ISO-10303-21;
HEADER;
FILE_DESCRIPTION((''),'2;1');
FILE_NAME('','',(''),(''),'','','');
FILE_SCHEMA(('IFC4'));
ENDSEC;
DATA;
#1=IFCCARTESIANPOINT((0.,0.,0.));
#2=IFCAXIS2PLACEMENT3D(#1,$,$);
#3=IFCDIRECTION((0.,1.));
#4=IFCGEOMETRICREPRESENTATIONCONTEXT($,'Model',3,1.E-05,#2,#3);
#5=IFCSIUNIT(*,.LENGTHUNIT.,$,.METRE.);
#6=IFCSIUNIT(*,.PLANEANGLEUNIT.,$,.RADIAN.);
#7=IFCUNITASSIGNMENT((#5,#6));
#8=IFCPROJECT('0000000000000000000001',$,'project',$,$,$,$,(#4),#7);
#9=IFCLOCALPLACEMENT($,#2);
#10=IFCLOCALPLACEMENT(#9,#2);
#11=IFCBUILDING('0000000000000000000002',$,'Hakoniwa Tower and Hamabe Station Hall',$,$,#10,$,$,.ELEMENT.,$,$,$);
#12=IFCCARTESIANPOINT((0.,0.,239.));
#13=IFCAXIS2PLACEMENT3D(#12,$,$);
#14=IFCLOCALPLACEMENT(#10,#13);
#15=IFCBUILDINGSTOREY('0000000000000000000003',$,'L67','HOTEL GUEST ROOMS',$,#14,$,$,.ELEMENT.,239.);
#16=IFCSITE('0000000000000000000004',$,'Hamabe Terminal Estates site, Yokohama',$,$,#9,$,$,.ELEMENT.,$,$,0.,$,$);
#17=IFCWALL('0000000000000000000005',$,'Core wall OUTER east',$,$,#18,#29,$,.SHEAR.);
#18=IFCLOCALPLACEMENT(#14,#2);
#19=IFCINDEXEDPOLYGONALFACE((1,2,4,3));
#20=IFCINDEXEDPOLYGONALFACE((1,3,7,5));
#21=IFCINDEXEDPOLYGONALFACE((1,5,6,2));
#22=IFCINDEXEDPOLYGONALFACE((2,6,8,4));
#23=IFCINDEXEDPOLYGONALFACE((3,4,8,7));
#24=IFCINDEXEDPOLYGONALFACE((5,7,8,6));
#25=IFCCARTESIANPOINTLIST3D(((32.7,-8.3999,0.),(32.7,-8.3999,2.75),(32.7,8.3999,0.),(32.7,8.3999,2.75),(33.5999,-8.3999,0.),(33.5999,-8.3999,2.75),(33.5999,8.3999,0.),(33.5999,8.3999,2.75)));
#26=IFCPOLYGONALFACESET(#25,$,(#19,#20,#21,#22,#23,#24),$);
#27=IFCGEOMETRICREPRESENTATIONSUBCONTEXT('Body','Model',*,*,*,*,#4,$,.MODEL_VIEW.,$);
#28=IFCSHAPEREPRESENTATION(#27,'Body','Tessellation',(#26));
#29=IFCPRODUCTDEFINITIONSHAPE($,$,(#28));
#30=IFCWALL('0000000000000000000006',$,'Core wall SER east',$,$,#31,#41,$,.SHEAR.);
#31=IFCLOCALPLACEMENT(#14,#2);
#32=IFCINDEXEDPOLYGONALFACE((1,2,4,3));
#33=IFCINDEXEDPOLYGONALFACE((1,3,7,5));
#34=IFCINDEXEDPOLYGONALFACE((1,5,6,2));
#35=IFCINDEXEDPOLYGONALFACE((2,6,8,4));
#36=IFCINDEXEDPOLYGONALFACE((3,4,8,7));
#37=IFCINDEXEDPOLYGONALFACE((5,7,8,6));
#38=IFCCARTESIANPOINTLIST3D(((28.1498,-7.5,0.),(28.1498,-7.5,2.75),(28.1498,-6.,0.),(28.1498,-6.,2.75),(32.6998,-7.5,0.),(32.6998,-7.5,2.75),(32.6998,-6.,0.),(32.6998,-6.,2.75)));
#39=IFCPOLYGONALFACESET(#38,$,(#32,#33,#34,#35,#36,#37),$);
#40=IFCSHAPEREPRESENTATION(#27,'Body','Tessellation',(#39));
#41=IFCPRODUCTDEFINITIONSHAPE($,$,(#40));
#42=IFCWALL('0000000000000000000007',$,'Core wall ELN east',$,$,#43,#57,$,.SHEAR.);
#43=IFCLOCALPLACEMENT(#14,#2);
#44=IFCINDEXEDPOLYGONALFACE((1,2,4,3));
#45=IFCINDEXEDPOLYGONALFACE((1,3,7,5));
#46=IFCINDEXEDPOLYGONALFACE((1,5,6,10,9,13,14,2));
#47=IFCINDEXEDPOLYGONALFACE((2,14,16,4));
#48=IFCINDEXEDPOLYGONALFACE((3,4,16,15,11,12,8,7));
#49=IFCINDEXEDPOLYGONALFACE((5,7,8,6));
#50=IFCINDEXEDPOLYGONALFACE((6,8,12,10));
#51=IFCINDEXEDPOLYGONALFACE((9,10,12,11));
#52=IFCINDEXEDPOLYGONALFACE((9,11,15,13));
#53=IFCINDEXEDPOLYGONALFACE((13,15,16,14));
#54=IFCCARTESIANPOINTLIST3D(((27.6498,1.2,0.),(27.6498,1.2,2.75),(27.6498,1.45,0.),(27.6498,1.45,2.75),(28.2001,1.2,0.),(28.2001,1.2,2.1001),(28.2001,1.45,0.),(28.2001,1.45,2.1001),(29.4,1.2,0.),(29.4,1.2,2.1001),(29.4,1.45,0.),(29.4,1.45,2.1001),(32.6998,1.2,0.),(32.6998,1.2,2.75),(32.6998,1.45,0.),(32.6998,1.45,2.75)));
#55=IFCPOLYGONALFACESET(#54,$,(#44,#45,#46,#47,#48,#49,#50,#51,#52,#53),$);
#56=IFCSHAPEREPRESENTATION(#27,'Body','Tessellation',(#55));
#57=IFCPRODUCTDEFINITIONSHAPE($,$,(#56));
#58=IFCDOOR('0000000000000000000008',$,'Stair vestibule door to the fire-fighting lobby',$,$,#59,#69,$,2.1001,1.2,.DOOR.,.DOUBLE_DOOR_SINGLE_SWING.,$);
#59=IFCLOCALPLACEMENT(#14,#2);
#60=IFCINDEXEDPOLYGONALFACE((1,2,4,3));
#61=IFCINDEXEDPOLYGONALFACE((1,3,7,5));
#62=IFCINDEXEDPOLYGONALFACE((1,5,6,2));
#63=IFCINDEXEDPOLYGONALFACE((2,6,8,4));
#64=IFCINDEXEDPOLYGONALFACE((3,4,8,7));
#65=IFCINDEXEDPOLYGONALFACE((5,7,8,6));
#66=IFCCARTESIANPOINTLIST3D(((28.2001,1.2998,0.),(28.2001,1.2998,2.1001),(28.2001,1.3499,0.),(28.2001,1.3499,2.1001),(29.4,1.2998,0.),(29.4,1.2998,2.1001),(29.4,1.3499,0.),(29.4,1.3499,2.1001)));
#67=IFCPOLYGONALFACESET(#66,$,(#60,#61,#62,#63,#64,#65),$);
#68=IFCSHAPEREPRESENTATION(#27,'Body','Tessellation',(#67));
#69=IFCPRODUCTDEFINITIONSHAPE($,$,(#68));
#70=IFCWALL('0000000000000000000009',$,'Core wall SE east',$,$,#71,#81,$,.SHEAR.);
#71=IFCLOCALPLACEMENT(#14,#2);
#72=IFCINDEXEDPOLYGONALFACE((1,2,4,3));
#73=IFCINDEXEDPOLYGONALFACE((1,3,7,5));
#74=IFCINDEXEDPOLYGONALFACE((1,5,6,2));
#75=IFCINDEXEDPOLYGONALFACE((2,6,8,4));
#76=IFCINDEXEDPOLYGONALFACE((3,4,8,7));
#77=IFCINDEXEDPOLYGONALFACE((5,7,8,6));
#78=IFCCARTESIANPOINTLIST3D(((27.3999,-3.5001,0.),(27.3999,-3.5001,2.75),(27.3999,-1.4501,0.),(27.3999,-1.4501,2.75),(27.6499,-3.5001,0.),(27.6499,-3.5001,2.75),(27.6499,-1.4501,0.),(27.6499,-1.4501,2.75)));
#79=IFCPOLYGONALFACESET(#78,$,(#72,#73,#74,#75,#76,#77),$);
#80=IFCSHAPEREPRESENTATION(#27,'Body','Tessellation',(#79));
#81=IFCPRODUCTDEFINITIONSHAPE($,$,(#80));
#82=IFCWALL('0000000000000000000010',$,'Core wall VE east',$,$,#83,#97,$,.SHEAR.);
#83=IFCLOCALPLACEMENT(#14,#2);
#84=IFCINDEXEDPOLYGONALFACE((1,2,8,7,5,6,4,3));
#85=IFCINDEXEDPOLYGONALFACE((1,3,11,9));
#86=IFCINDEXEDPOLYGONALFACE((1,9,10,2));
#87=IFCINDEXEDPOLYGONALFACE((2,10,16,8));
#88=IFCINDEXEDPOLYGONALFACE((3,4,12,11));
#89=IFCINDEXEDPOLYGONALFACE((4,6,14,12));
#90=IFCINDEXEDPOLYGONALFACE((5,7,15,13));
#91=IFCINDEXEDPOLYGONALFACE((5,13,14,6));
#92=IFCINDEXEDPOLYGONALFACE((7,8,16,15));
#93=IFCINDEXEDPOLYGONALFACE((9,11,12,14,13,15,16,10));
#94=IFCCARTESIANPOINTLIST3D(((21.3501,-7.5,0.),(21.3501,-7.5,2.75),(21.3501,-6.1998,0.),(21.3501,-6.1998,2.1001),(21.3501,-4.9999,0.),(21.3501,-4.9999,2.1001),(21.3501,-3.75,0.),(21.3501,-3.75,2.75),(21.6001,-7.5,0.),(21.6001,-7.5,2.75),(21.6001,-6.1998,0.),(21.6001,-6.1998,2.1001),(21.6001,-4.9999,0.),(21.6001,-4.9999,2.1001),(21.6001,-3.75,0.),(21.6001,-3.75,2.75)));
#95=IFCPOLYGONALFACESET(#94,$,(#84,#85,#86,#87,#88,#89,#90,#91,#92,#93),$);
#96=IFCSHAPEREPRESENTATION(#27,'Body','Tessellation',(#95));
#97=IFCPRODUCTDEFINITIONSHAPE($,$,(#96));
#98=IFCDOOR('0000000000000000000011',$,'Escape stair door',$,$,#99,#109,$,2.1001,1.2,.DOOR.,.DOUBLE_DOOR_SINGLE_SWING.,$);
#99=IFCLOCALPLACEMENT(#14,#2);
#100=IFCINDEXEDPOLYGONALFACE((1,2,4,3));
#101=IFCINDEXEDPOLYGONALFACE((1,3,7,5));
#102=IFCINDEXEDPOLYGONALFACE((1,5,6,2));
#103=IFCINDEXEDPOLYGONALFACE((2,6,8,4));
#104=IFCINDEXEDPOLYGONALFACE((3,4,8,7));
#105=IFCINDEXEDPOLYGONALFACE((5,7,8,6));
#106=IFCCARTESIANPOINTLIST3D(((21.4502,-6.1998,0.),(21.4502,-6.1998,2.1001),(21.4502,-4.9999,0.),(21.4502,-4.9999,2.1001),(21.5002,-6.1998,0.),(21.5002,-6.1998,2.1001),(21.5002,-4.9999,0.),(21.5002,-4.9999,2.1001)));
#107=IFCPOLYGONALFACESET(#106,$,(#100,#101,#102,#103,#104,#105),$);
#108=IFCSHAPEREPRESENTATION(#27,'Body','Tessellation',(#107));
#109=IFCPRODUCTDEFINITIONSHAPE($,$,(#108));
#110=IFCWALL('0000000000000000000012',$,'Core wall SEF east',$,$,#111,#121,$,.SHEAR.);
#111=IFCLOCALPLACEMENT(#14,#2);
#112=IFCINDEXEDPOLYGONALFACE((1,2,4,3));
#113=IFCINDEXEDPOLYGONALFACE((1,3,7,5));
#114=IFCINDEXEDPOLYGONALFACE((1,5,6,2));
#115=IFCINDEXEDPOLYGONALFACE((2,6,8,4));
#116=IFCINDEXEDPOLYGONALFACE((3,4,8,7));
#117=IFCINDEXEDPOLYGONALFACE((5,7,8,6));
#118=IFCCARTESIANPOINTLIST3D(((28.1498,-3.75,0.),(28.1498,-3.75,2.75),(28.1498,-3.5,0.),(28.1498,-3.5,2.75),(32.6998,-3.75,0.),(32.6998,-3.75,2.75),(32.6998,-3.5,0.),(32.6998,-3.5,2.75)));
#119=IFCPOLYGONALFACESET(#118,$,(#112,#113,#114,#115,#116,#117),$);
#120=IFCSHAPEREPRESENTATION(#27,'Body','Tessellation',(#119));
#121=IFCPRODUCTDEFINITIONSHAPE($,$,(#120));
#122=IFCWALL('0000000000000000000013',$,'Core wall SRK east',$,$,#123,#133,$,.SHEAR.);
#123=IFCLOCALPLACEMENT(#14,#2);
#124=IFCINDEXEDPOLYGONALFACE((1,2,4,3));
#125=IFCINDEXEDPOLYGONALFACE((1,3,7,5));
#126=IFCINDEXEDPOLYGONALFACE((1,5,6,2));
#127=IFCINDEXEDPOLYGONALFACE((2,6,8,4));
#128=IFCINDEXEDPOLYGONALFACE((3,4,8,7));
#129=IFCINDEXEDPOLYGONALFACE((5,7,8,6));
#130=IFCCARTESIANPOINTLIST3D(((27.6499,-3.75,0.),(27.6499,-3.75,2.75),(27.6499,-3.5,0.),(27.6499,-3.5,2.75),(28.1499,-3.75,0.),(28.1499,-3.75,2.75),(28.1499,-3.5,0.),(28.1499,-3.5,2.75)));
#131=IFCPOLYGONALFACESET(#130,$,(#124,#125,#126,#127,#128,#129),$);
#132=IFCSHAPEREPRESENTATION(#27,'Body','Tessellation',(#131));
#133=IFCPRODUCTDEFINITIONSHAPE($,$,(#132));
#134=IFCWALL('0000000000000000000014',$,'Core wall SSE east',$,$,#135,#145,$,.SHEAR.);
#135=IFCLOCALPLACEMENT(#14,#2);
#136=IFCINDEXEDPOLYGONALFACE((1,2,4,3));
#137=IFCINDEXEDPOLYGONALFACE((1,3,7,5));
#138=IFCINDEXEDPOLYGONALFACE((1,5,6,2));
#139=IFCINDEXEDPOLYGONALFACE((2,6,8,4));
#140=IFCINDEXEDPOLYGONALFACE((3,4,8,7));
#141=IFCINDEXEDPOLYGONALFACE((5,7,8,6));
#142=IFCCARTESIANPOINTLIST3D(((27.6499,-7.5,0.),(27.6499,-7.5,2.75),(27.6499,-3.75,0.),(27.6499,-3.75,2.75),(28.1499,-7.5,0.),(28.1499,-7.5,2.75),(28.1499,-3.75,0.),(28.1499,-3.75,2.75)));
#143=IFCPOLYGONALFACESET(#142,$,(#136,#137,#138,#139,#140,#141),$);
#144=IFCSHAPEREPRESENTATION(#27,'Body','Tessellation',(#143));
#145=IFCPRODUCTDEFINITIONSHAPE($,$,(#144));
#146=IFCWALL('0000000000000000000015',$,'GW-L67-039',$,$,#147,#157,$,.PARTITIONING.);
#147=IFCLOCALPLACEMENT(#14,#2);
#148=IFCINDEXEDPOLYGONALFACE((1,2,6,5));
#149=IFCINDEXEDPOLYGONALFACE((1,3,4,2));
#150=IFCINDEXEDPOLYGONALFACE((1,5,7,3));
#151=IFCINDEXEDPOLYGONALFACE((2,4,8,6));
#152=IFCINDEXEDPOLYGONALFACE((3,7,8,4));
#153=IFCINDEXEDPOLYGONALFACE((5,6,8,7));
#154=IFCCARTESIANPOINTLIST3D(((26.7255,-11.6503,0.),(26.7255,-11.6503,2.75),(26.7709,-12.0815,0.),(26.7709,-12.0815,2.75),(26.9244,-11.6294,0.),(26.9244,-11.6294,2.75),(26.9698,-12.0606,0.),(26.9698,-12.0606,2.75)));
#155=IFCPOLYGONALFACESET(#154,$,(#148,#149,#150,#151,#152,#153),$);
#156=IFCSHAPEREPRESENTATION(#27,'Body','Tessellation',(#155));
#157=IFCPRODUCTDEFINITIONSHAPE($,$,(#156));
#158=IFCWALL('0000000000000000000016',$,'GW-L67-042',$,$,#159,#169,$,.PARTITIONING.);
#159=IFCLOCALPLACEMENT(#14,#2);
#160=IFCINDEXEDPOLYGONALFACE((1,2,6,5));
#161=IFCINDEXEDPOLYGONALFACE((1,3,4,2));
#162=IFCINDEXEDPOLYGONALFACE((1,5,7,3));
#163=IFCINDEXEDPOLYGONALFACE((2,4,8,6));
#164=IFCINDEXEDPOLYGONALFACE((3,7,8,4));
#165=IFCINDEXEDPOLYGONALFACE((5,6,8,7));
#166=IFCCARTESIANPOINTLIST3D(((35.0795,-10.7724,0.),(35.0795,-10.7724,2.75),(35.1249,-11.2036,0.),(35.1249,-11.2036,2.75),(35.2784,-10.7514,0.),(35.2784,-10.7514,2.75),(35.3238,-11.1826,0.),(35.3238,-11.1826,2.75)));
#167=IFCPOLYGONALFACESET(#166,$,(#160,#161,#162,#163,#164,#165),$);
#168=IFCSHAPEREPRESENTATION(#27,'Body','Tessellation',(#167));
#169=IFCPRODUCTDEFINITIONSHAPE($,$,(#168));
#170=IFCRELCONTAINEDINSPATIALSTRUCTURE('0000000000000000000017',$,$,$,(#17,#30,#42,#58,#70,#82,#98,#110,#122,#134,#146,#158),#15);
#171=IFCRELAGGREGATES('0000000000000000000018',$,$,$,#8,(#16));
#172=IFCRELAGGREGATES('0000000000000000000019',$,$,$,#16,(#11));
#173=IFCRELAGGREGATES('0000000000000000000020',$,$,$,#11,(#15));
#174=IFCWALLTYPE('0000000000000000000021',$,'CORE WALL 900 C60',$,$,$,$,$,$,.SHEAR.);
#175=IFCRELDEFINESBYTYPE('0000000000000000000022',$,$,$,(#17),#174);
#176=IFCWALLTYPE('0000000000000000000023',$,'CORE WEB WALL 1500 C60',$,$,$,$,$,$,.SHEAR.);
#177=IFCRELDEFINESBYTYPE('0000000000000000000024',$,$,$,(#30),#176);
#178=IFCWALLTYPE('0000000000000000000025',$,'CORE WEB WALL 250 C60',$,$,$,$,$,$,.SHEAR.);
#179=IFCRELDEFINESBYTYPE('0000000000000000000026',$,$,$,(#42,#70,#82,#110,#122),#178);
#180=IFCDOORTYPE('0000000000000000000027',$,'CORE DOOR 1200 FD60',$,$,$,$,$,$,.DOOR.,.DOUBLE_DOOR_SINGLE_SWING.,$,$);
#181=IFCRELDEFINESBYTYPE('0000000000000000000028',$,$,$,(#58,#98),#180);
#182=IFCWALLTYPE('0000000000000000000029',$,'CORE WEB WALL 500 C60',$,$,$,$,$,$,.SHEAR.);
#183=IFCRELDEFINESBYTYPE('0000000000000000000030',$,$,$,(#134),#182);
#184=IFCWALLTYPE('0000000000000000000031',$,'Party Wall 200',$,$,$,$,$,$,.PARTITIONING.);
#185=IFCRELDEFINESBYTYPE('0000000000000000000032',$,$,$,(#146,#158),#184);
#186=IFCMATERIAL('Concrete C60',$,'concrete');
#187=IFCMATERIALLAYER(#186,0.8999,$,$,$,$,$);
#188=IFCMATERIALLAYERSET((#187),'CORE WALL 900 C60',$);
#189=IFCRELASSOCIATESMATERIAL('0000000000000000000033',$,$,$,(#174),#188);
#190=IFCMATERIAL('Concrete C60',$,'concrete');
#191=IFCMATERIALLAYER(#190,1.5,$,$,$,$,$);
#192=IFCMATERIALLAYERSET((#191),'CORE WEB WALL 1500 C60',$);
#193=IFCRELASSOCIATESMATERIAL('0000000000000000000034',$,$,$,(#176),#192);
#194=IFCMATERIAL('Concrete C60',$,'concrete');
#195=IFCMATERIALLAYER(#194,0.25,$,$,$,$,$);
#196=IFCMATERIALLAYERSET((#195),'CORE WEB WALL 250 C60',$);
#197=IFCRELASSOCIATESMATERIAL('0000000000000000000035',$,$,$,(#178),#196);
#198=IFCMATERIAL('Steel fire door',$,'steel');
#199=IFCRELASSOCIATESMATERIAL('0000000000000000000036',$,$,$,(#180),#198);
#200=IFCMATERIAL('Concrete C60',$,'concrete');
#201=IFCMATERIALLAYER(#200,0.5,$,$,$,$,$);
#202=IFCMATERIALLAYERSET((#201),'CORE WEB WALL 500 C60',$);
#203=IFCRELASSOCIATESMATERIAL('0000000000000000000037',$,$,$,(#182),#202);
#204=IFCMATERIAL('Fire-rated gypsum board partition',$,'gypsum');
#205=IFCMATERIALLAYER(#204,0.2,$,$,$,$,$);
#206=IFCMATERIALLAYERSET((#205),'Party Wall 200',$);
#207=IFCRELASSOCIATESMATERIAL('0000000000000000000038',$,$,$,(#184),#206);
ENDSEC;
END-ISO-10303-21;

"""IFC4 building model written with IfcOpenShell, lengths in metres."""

from ifc_helpers import new_model, si_unit, direction, frame, frame_2d, origin, place, context, subcontext, project, spatial, rectangle, extrude, material, layer, layer_set, type_object, element, fill, save


model = new_model("IFC4")

# Units and contexts
model_context = context("Model", 3, precision=1e-05, world=origin(), true_north=direction((0.0, 1.0)))
body_context = subcontext(model_context, "Body", "Model", "MODEL_VIEW")
ifc_project = project(units=[si_unit("LENGTHUNIT", "METRE"), si_unit("PLANEANGLEUNIT", "RADIAN")], contexts=[model_context])

# Site, building, storey
site_placement = place(None, origin())
site = spatial("IfcSite", under=ifc_project, at=site_placement, Name="Hamabe Terminal Estates site, Yokohama", CompositionType="ELEMENT", RefElevation=0.0)
building_placement = place(site_placement, origin())
building = spatial("IfcBuilding", under=site, at=building_placement, Name="Hakoniwa Tower and Hamabe Station Hall", CompositionType="ELEMENT")
storey_placement = place(building_placement, frame((0.0, 0.0, 239.0)))
storey = spatial("IfcBuildingStorey", under=building, at=storey_placement, Name="L67", Description="HOTEL GUEST ROOMS", CompositionType="ELEMENT", Elevation=239.0)

# Walls
ifc_material_1 = material(Name="Concrete C60", Category="concrete")
ifc_layer_1 = layer(ifc_material_1, 0.8999)
ifc_layer_set_1 = layer_set([ifc_layer_1], Name="CORE WALL 900 C60")
wall_type_1 = type_object("IfcWallType", Name="CORE WALL 900 C60", PredefinedType="SHEAR", material=ifc_layer_set_1)
wall_1_placement = place(storey_placement, frame((33.1499, -8.3999, 0.0), z_axis=(0.0, 0.0, 1.0), x_axis=(0.0, 1.0, 0.0)))
element("IfcWall", 1, at=wall_1_placement, inside=storey, type_object=wall_type_1, Name="Core wall OUTER east", PredefinedType="SHEAR", context=body_context, shape_type="SweptSolid", body=[
    extrude(rectangle(XDim=16.7998, YDim=0.8999, at=frame_2d((8.3999, 0.0))), origin(), (0.0, 0.0, 1.0), 2.75),
])
ifc_material_2 = material(Name="Concrete C60", Category="concrete")
ifc_layer_2 = layer(ifc_material_2, 1.5)
ifc_layer_set_2 = layer_set([ifc_layer_2], Name="CORE WEB WALL 1500 C60")
wall_type_2 = type_object("IfcWallType", Name="CORE WEB WALL 1500 C60", PredefinedType="SHEAR", material=ifc_layer_set_2)
wall_2_placement = place(storey_placement, frame((28.1499, -6.75, 0.0), z_axis=(0.0, 0.0, 1.0), x_axis=(1.0, 0.0, 0.0)))
element("IfcWall", 2, at=wall_2_placement, inside=storey, type_object=wall_type_2, Name="Core wall SER east", PredefinedType="SHEAR", context=body_context, shape_type="SweptSolid", body=[
    extrude(rectangle(XDim=4.55, YDim=1.5, at=frame_2d((2.2749, 0.0))), origin(), (0.0, 0.0, 1.0), 2.75),
])

# Wall, opening, door
ifc_material_3 = material(Name="Concrete C60", Category="concrete")
ifc_layer_3 = layer(ifc_material_3, 0.25)
ifc_layer_set_3 = layer_set([ifc_layer_3], Name="CORE WEB WALL 250 C60")
wall_type_3 = type_object("IfcWallType", Name="CORE WEB WALL 250 C60", PredefinedType="SHEAR", material=ifc_layer_set_3)
wall_3_placement = place(storey_placement, frame((27.6499, 1.325, 0.0), z_axis=(0.0, 0.0, 1.0), x_axis=(1.0, 0.0, 0.0)))
wall_3 = element("IfcWall", 3, at=wall_3_placement, inside=storey, type_object=wall_type_3, Name="Core wall ELN east", PredefinedType="SHEAR", context=body_context, shape_type="SweptSolid", body=[
    extrude(rectangle(XDim=5.05, YDim=0.25, at=frame_2d((2.5249, 0.0))), origin(), (0.0, 0.0, 1.0), 2.75),
])
opening_1_placement = place(wall_3_placement, frame((0.55, 0.0, 0.0)))
opening_1 = element("IfcOpeningElement", 4, at=opening_1_placement, cuts=wall_3, PredefinedType="OPENING", context=body_context, shape_type="SweptSolid", body=[
    extrude(rectangle(XDim=1.2, YDim=2.1001, at=frame_2d((0.6001, 1.05))), frame((0.0, 0.135, 0.0), z_axis=(0.0, -1.0, 0.0), x_axis=(1.0, 0.0, 0.0)), (0.0, 0.0, 1.0), 0.27),
])
ifc_material_4 = material(Name="Steel fire door", Category="steel")
door_type_1 = type_object("IfcDoorType", Name="CORE DOOR 1200 FD60", OperationType="DOUBLE_DOOR_SINGLE_SWING", PredefinedType="DOOR", material=ifc_material_4)
door_1_placement = place(opening_1_placement, origin())
door_1 = element("IfcDoor", 5, at=door_1_placement, inside=storey, type_object=door_type_1, Name="Stair vestibule door to the fire-fighting lobby", OperationType="DOUBLE_DOOR_SINGLE_SWING", OverallHeight=2.1001, OverallWidth=1.2, PredefinedType="DOOR", context=body_context, shape_type="SweptSolid", body=[
    extrude(rectangle(XDim=1.2, YDim=2.1001, at=frame_2d((0.6001, 1.05))), frame((0.0, 0.0249, 0.0), z_axis=(0.0, -1.0, 0.0), x_axis=(1.0, 0.0, 0.0)), (0.0, 0.0, 1.0), 0.05),
])
fill(opening_1, door_1)

# Wall
wall_4_placement = place(storey_placement, frame((27.5249, -3.5, 0.0), z_axis=(0.0, 0.0, 1.0), x_axis=(0.0, 1.0, 0.0)))
element("IfcWall", 6, at=wall_4_placement, inside=storey, type_object=wall_type_3, Name="Core wall SE east", PredefinedType="SHEAR", context=body_context, shape_type="SweptSolid", body=[
    extrude(rectangle(XDim=2.05, YDim=0.25, at=frame_2d((1.0249, 0.0))), origin(), (0.0, 0.0, 1.0), 2.75),
])

# Wall, opening, door
wall_5_placement = place(storey_placement, frame((21.4751, -7.5, 0.0), z_axis=(0.0, 0.0, 1.0), x_axis=(0.0, 1.0, 0.0)))
wall_5 = element("IfcWall", 7, at=wall_5_placement, inside=storey, type_object=wall_type_3, Name="Core wall VE east", PredefinedType="SHEAR", context=body_context, shape_type="SweptSolid", body=[
    extrude(rectangle(XDim=3.75, YDim=0.25, at=frame_2d((1.875, 0.0))), origin(), (0.0, 0.0, 1.0), 2.75),
])
opening_2_placement = place(wall_5_placement, frame((1.3, 0.0, 0.0)))
opening_2 = element("IfcOpeningElement", 8, at=opening_2_placement, cuts=wall_5, PredefinedType="OPENING", context=body_context, shape_type="SweptSolid", body=[
    extrude(rectangle(XDim=1.2, YDim=2.1001, at=frame_2d((0.6001, 1.05))), frame((0.0, 0.135, 0.0), z_axis=(0.0, -1.0, 0.0), x_axis=(1.0, 0.0, 0.0)), (0.0, 0.0, 1.0), 0.27),
])
door_2_placement = place(opening_2_placement, origin())
door_2 = element("IfcDoor", 9, at=door_2_placement, inside=storey, type_object=door_type_1, Name="Escape stair door", OperationType="DOUBLE_DOOR_SINGLE_SWING", OverallHeight=2.1001, OverallWidth=1.2, PredefinedType="DOOR", context=body_context, shape_type="SweptSolid", body=[
    extrude(rectangle(XDim=1.2, YDim=2.1001, at=frame_2d((0.6001, 1.05))), frame((0.0, 0.0249, 0.0), z_axis=(0.0, -1.0, 0.0), x_axis=(1.0, 0.0, 0.0)), (0.0, 0.0, 1.0), 0.05),
])
fill(opening_2, door_2)

# Walls
wall_6_placement = place(storey_placement, frame((28.1499, -3.625, 0.0), z_axis=(0.0, 0.0, 1.0), x_axis=(1.0, 0.0, 0.0)))
element("IfcWall", 10, at=wall_6_placement, inside=storey, type_object=wall_type_3, Name="Core wall SEF east", PredefinedType="SHEAR", context=body_context, shape_type="SweptSolid", body=[
    extrude(rectangle(XDim=4.55, YDim=0.25, at=frame_2d((2.2749, 0.0))), origin(), (0.0, 0.0, 1.0), 2.75),
])
wall_7_placement = place(storey_placement, frame((27.6499, -3.625, 0.0), z_axis=(0.0, 0.0, 1.0), x_axis=(1.0, 0.0, 0.0)))
element("IfcWall", 11, at=wall_7_placement, inside=storey, type_object=wall_type_3, Name="Core wall SRK east", PredefinedType="SHEAR", context=body_context, shape_type="SweptSolid", body=[
    extrude(rectangle(XDim=0.5, YDim=0.25, at=frame_2d((0.25, 0.0))), origin(), (0.0, 0.0, 1.0), 2.75),
])
ifc_material_5 = material(Name="Concrete C60", Category="concrete")
ifc_layer_4 = layer(ifc_material_5, 0.5)
ifc_layer_set_4 = layer_set([ifc_layer_4], Name="CORE WEB WALL 500 C60")
wall_type_4 = type_object("IfcWallType", Name="CORE WEB WALL 500 C60", PredefinedType="SHEAR", material=ifc_layer_set_4)
wall_8_placement = place(storey_placement, frame((27.8999, -7.5, 0.0), z_axis=(0.0, 0.0, 1.0), x_axis=(0.0, 1.0, 0.0)))
element("IfcWall", 12, at=wall_8_placement, inside=storey, type_object=wall_type_4, Name="Core wall SSE east", PredefinedType="SHEAR", context=body_context, shape_type="SweptSolid", body=[
    extrude(rectangle(XDim=3.75, YDim=0.5, at=frame_2d((1.875, 0.0))), origin(), (0.0, 0.0, 1.0), 2.75),
])
ifc_material_6 = material(Name="Fire-rated gypsum board partition", Category="gypsum")
ifc_layer_5 = layer(ifc_material_6, 0.2)
ifc_layer_set_5 = layer_set([ifc_layer_5], Name="Party Wall 200")
wall_type_5 = type_object("IfcWallType", Name="Party Wall 200", PredefinedType="PARTITIONING", material=ifc_layer_set_5)
for number, where, z_axis, x_axis, name in (
    (13, (26.8704, -12.071, 0.0), (0.0, 0.0, 1.0), (-0.104743, 0.994499, 0.0), "GW-L67-039"),
    (14, (35.2244, -11.1931, 0.0), (0.0, 0.0, 1.0), (-0.104743, 0.994499, 0.0), "GW-L67-042"),
):
    element("IfcWall", number, at=place(storey_placement, frame(where, z_axis=z_axis, x_axis=x_axis)), inside=storey, type_object=wall_type_5, Name=name, PredefinedType="PARTITIONING", context=body_context, shape_type="SweptSolid", body=[
        extrude(rectangle(XDim=0.4336, YDim=0.2, at=frame_2d((0.2168, 0.0))), origin(), (0.0, 0.0, 1.0), 2.75),
    ])

save(model, "model.ifc")
